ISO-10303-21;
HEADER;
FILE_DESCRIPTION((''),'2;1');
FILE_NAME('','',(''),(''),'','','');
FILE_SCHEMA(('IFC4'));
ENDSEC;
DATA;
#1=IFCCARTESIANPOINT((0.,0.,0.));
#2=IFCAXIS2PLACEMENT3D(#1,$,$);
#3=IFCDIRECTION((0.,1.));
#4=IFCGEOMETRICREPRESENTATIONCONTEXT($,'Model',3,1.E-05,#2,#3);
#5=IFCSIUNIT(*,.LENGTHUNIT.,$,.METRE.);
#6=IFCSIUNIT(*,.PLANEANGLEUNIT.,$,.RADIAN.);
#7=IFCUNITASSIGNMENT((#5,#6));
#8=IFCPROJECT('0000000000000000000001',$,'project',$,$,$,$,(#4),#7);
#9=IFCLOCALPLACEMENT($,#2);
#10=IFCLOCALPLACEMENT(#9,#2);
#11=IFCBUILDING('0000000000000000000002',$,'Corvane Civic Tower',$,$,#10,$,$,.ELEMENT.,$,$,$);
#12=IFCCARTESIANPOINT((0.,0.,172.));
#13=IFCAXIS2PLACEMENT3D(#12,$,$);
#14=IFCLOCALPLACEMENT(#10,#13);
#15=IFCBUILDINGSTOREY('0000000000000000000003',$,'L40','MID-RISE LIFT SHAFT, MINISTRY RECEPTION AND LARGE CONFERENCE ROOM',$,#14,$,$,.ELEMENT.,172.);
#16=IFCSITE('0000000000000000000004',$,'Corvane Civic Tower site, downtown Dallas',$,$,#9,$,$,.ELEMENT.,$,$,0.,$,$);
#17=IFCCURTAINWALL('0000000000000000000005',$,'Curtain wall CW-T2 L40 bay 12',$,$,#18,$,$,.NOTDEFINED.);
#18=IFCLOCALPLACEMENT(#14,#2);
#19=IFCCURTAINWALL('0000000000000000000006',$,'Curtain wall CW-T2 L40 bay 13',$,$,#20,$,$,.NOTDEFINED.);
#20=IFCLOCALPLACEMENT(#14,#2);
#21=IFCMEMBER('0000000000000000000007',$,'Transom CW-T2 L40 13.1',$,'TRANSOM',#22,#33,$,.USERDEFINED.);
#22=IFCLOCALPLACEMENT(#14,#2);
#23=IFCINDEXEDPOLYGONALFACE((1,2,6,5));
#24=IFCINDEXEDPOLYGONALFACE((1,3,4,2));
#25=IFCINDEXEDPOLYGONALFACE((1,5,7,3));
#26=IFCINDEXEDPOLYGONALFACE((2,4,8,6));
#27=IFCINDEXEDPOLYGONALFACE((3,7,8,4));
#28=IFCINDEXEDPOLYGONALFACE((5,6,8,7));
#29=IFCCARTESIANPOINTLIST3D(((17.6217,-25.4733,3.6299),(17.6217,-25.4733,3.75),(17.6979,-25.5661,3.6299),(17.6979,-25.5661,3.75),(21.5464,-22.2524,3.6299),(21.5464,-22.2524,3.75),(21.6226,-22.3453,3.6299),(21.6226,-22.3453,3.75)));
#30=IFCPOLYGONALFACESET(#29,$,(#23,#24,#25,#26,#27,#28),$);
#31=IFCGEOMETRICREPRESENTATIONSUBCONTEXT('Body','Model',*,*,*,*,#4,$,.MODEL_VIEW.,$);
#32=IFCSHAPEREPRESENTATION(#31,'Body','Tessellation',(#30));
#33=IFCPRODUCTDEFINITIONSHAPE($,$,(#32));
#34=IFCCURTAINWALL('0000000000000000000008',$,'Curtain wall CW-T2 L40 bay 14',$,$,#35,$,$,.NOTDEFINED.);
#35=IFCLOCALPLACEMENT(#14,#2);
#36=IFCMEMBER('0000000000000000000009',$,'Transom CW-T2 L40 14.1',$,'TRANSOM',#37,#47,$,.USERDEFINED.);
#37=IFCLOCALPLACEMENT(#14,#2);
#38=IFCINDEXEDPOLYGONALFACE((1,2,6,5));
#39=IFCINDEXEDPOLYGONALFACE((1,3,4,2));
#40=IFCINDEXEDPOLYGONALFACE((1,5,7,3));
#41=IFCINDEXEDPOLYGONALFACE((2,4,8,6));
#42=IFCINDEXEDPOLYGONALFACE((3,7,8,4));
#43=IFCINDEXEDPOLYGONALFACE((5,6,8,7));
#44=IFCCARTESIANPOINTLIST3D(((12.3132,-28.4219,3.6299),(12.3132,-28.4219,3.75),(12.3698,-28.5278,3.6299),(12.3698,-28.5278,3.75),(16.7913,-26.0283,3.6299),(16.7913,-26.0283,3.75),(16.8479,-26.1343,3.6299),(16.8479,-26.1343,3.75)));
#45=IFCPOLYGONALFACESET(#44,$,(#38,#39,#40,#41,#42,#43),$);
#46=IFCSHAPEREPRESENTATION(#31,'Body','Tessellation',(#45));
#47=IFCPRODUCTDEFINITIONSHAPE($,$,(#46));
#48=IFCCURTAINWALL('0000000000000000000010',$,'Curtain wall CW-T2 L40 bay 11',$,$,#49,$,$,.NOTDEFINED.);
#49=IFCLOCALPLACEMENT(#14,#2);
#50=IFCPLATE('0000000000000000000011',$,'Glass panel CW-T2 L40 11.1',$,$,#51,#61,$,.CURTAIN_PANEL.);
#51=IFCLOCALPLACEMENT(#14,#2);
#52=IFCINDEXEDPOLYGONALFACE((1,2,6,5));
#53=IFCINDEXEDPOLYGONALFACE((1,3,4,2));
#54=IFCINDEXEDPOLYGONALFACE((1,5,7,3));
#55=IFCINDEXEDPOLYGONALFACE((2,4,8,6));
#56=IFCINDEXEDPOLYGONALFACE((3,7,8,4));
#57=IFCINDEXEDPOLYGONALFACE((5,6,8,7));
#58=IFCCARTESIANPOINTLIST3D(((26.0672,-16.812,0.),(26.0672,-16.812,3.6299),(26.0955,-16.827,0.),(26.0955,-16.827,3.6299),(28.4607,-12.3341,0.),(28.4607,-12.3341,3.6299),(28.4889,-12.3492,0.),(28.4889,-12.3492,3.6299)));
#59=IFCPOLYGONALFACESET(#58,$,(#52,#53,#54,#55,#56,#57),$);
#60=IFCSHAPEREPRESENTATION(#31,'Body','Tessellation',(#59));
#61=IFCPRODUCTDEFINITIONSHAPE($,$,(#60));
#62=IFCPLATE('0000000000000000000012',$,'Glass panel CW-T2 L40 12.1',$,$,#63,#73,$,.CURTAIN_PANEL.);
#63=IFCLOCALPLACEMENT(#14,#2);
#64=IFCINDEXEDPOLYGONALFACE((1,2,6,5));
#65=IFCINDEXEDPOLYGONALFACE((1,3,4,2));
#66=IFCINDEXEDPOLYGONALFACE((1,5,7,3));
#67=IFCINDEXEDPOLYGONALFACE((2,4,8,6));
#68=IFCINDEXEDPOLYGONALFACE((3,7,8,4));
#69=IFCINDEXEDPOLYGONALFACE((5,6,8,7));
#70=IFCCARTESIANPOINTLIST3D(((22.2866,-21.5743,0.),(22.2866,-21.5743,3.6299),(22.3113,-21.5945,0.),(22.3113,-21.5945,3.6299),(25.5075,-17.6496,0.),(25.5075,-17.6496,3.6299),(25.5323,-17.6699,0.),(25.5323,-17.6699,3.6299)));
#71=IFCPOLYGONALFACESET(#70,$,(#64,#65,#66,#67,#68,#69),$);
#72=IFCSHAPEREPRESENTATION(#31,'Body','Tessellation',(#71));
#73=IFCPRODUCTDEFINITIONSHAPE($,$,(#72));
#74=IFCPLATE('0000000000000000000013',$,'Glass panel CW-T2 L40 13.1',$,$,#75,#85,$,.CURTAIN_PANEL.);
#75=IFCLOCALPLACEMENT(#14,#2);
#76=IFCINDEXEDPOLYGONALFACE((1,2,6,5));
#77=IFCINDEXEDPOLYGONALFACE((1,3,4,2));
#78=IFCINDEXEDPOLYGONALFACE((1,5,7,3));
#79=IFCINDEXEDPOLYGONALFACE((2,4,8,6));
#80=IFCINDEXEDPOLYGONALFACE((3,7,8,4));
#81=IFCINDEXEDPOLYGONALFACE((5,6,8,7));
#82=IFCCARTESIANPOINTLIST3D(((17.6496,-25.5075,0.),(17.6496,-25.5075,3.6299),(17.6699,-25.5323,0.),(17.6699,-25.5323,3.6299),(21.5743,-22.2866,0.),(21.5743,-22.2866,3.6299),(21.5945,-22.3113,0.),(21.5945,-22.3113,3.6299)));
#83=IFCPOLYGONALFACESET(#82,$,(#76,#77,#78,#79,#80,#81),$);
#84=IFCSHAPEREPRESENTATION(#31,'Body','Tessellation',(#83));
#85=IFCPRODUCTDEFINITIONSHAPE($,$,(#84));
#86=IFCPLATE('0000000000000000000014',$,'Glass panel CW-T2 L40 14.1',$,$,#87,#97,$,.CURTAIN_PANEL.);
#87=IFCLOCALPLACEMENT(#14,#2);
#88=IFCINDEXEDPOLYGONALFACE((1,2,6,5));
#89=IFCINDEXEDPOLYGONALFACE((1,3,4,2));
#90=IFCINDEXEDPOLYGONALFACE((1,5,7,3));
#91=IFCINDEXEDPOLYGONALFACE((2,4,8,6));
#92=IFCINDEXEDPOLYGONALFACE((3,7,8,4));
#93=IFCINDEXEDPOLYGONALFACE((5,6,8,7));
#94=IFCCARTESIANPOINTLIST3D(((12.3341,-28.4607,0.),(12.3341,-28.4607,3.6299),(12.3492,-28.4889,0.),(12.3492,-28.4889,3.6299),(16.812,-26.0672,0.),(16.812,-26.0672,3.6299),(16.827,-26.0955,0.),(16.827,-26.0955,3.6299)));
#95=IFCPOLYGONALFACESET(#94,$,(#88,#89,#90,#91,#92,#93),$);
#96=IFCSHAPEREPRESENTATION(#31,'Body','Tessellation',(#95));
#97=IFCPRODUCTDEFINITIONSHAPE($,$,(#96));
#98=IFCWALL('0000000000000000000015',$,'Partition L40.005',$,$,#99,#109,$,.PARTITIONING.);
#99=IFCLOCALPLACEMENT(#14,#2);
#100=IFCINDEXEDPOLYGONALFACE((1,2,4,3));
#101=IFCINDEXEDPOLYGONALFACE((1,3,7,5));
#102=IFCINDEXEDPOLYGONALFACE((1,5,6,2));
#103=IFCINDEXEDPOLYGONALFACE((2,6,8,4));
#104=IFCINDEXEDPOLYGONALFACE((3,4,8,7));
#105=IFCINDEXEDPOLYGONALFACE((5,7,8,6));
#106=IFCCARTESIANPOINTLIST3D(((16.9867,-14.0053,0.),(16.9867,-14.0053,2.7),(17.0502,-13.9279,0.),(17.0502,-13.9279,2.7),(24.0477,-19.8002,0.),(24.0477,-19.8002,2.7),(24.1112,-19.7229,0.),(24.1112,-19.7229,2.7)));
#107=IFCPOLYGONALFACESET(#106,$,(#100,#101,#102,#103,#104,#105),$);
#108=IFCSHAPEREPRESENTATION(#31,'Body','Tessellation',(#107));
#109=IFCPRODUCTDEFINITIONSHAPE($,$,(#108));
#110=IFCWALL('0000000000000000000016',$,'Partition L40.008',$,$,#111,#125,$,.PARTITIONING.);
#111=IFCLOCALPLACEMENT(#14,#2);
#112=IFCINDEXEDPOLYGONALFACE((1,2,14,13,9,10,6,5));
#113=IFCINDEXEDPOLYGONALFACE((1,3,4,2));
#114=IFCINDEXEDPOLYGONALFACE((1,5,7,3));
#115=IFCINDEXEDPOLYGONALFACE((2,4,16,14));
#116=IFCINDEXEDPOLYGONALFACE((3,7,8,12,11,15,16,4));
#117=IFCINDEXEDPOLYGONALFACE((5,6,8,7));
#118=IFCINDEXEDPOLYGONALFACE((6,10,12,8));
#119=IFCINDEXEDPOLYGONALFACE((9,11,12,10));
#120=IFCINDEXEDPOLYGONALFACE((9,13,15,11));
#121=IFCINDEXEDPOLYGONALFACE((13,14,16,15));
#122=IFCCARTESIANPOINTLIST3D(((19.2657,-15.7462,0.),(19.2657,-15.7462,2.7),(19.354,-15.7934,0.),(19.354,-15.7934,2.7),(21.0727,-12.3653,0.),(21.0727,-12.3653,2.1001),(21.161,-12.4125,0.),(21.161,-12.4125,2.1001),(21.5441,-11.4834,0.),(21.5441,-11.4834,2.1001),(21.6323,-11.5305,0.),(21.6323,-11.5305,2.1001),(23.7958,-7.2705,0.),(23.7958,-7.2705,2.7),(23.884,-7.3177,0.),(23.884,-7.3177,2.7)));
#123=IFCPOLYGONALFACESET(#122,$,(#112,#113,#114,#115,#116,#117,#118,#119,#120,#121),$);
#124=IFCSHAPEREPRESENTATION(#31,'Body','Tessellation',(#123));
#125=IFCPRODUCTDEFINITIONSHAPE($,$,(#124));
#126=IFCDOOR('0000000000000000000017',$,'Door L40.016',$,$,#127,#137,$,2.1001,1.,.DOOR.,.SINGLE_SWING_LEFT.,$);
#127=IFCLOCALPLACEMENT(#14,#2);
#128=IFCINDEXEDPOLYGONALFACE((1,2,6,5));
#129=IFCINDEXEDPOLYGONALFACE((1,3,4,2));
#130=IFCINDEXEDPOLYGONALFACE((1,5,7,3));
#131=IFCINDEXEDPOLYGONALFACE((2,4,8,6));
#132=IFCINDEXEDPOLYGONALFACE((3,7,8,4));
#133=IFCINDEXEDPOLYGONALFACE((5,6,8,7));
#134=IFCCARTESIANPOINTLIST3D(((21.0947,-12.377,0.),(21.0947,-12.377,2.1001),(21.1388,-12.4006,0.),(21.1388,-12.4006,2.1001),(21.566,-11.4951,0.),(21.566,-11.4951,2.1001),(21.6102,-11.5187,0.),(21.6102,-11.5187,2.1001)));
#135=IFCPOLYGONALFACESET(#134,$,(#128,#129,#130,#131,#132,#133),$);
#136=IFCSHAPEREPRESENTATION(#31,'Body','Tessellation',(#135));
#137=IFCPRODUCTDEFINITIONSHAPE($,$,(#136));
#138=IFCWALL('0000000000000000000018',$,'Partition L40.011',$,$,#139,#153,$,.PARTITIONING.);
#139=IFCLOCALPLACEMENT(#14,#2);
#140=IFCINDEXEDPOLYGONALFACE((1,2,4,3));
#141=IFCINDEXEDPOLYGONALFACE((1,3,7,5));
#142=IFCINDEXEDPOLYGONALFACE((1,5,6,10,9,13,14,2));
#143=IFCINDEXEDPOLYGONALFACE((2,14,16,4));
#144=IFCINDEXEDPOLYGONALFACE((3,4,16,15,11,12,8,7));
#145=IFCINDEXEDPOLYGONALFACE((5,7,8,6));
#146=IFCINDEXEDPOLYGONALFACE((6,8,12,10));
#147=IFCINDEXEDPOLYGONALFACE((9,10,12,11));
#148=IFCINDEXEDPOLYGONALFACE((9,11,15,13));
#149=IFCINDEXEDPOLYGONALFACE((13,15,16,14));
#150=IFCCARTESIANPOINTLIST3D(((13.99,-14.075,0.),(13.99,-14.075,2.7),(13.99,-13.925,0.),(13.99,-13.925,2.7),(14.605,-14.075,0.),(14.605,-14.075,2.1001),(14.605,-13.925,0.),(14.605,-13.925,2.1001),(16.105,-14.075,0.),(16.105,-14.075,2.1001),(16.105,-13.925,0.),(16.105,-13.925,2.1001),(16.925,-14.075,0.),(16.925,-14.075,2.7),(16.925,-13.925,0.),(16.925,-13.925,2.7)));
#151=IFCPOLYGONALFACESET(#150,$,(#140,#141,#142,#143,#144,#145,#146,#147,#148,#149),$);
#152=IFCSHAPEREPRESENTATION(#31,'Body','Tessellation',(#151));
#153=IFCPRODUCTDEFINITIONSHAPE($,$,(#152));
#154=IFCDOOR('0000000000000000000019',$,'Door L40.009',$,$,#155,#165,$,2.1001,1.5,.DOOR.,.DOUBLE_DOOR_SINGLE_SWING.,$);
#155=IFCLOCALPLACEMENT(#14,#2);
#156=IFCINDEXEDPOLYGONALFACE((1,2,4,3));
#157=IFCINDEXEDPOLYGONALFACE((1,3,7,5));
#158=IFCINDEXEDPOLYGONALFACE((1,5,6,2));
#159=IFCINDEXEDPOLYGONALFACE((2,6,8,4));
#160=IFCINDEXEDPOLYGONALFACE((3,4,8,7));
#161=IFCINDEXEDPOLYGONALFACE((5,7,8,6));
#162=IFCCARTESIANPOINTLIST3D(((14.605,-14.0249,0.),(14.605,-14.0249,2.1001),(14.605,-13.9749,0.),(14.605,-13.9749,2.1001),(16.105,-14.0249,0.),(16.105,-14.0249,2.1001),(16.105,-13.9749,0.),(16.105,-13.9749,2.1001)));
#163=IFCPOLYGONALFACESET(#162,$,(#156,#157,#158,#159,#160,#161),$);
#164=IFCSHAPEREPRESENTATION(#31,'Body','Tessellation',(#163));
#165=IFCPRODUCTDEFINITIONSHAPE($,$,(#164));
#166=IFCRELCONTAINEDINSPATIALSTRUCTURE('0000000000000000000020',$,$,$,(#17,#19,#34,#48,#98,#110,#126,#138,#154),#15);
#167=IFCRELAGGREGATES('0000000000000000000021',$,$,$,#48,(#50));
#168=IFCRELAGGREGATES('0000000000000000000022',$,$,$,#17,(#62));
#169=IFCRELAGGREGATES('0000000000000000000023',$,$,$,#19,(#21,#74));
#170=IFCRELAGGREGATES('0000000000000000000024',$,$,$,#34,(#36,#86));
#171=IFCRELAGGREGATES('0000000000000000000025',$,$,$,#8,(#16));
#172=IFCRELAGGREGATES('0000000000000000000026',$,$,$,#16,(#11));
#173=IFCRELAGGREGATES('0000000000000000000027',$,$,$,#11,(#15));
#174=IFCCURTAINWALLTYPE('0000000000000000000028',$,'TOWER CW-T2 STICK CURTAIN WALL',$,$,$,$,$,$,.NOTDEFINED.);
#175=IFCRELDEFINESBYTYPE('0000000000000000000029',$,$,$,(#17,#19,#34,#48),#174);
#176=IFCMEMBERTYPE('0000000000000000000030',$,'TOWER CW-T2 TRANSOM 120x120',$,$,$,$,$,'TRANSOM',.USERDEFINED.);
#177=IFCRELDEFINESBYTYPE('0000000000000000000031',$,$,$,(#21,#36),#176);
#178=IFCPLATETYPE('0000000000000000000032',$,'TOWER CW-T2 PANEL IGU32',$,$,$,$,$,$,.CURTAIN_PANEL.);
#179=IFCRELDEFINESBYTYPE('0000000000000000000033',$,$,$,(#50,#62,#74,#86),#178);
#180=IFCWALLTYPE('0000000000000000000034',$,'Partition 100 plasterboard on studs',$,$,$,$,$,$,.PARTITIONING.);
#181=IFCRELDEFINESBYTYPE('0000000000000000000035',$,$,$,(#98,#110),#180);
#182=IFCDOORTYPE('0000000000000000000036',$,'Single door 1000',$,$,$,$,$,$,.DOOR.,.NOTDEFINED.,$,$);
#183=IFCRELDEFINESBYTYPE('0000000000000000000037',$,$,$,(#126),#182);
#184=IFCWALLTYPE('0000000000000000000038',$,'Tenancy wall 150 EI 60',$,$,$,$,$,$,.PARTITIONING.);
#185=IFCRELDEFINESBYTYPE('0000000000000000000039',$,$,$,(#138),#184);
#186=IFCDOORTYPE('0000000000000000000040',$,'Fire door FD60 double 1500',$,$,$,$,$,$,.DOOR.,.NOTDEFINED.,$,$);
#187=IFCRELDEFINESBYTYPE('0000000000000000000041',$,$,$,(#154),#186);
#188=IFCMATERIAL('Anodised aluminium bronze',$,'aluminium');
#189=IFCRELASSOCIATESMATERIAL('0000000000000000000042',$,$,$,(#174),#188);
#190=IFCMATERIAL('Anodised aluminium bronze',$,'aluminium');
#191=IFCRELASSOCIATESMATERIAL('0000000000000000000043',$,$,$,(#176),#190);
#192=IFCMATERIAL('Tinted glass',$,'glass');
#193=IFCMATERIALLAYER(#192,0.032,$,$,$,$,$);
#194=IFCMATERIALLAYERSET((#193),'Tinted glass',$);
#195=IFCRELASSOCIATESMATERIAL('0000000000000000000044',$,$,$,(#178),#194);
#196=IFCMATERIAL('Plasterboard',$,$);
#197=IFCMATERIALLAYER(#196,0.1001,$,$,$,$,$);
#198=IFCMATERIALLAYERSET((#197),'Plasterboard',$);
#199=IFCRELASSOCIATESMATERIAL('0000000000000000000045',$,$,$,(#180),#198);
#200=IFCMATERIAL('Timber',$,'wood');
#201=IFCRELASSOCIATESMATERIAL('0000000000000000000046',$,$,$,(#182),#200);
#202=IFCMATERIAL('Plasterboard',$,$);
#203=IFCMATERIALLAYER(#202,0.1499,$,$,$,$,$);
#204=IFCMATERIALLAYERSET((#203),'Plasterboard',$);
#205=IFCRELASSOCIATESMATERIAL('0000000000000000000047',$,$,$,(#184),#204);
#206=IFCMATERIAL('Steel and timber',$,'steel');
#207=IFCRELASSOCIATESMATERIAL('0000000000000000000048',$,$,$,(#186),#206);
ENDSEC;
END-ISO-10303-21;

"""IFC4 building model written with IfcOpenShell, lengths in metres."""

from ifc_helpers import new_model, si_unit, direction, frame, frame_2d, origin, origin_2d, place, context, subcontext, project, spatial, rectangle, extrude, material, layer, layer_set, material_profile, profile_set, type_object, element, fill, aggregate, save


model = new_model("IFC4")

# Units and contexts
model_context = context("Model", 3, precision=1e-05, world=origin(), true_north=direction((0.0, 1.0)))
body_context = subcontext(model_context, "Body", "Model", "MODEL_VIEW")
ifc_project = project(units=[si_unit("LENGTHUNIT", "METRE"), si_unit("PLANEANGLEUNIT", "RADIAN")], contexts=[model_context])

# Site, building, storey
site_placement = place(None, origin())
site = spatial("IfcSite", under=ifc_project, at=site_placement, Name="Corvane Civic Tower site, downtown Dallas", CompositionType="ELEMENT", RefElevation=0.0)
building_placement = place(site_placement, origin())
building = spatial("IfcBuilding", under=site, at=building_placement, Name="Corvane Civic Tower", CompositionType="ELEMENT")
storey_placement = place(building_placement, frame((0.0, 0.0, 172.0)))
storey = spatial("IfcBuildingStorey", under=building, at=storey_placement, Name="L40", Description="MID-RISE LIFT SHAFT, MINISTRY RECEPTION AND LARGE CONFERENCE ROOM", CompositionType="ELEMENT", Elevation=172.0)

# Curtain walls, members
ifc_material_1 = material(Name="Anodised aluminium bronze", Category="aluminium")
curtain_wall_type = type_object("IfcCurtainWallType", Name="TOWER CW-T2 STICK CURTAIN WALL", PredefinedType="NOTDEFINED", material=ifc_material_1)
curtain_wall_1_placement = place(storey_placement, origin())
curtain_wall_1 = element("IfcCurtainWall", 1, at=curtain_wall_1_placement, inside=storey, type_object=curtain_wall_type, Name="Curtain wall CW-T2 L40 bay 12", PredefinedType="NOTDEFINED")
ifc_material_2 = material(Name="Anodised aluminium bronze", Category="aluminium")
ifc_material_profile_1 = material_profile(ifc_material_2, rectangle(XDim=0.1201, YDim=0.1201, at=origin_2d()), Name="TOWER CW-T2 TRANSOM 120x120")
ifc_profile_set_1 = profile_set([ifc_material_profile_1], Name="Anodised aluminium bronze")
member_type = type_object("IfcMemberType", Name="TOWER CW-T2 TRANSOM 120x120", ElementType="TRANSOM", PredefinedType="USERDEFINED", material=ifc_profile_set_1)
curtain_wall_2_placement = place(storey_placement, origin())
curtain_wall_2 = element("IfcCurtainWall", 2, at=curtain_wall_2_placement, inside=storey, type_object=curtain_wall_type, Name="Curtain wall CW-T2 L40 bay 13", PredefinedType="NOTDEFINED")
member_1_placement = place(storey_placement, frame((21.5845, -22.2988, 3.6899), z_axis=(-0.773016, -0.634387, 0.0), x_axis=(0.634387, -0.773016, 0.0)))
member_1 = element("IfcMember", 3, at=member_1_placement, type_object=member_type, Name="Transom CW-T2 L40 13.1", ObjectType="TRANSOM", PredefinedType="USERDEFINED", context=body_context, shape_type="SweptSolid", body=[
    extrude(rectangle(XDim=0.1201, YDim=0.1201, at=origin_2d()), origin(), (0.0, 0.0, 1.0), 5.0771),
])
curtain_wall_3_placement = place(storey_placement, origin())
curtain_wall_3 = element("IfcCurtainWall", 4, at=curtain_wall_3_placement, inside=storey, type_object=curtain_wall_type, Name="Curtain wall CW-T2 L40 bay 14", PredefinedType="NOTDEFINED")
member_2_placement = place(storey_placement, frame((16.8196, -26.0813, 3.6899), z_axis=(-0.881921, -0.471397, 0.0), x_axis=(0.471397, -0.881921, 0.0)))
member_2 = element("IfcMember", 5, at=member_2_placement, type_object=member_type, Name="Transom CW-T2 L40 14.1", ObjectType="TRANSOM", PredefinedType="USERDEFINED", context=body_context, shape_type="SweptSolid", body=[
    extrude(rectangle(XDim=0.1201, YDim=0.1201, at=origin_2d()), origin(), (0.0, 0.0, 1.0), 5.0776),
])

# Curtain wall, plate
curtain_wall_4_placement = place(storey_placement, origin())
curtain_wall_4 = element("IfcCurtainWall", 6, at=curtain_wall_4_placement, inside=storey, type_object=curtain_wall_type, Name="Curtain wall CW-T2 L40 bay 11", PredefinedType="NOTDEFINED")
ifc_material_3 = material(Name="Tinted glass", Category="glass")
ifc_layer_1 = layer(ifc_material_3, 0.032)
ifc_layer_set_1 = layer_set([ifc_layer_1], Name="Tinted glass")
plate_type = type_object("IfcPlateType", Name="TOWER CW-T2 PANEL IGU32", PredefinedType="CURTAIN_PANEL", material=ifc_layer_set_1)
plate_1_placement = place(storey_placement, frame((27.2781, -14.5806, 0.0), z_axis=(0.0, 0.0, 1.0), x_axis=(-0.471395, -0.881922, 0.0)))
plate_1 = element("IfcPlate", 7, at=plate_1_placement, type_object=plate_type, Name="Glass panel CW-T2 L40 11.1", PredefinedType="CURTAIN_PANEL", context=body_context, shape_type="SweptSolid", body=[
    extrude(rectangle(XDim=5.0774, YDim=0.032, at=origin_2d()), origin(), (0.0, 0.0, 1.0), 3.6299),
])
aggregate(curtain_wall_4, [plate_1])

# Plates
plate_2_placement = place(storey_placement, frame((23.9094, -19.6221, 0.0), z_axis=(0.0, 0.0, 1.0), x_axis=(-0.6344, -0.773005, 0.0)))
plate_2 = element("IfcPlate", 8, at=plate_2_placement, type_object=plate_type, Name="Glass panel CW-T2 L40 12.1", PredefinedType="CURTAIN_PANEL", context=body_context, shape_type="SweptSolid", body=[
    extrude(rectangle(XDim=5.0771, YDim=0.032, at=origin_2d()), origin(), (0.0, 0.0, 1.0), 3.6299),
])
aggregate(curtain_wall_1, [plate_2])
plate_3_placement = place(storey_placement, frame((19.6221, -23.9094, 0.0), z_axis=(0.0, 0.0, 1.0), x_axis=(-0.773005, -0.6344, 0.0)))
plate_3 = element("IfcPlate", 9, at=plate_3_placement, type_object=plate_type, Name="Glass panel CW-T2 L40 13.1", PredefinedType="CURTAIN_PANEL", context=body_context, shape_type="SweptSolid", body=[
    extrude(rectangle(XDim=5.0771, YDim=0.032, at=origin_2d()), origin(), (0.0, 0.0, 1.0), 3.6299),
])
aggregate(curtain_wall_2, [member_1, plate_3])
plate_4_placement = place(storey_placement, frame((14.5806, -27.2781, 0.0), z_axis=(0.0, 0.0, 1.0), x_axis=(-0.881922, -0.471395, 0.0)))
plate_4 = element("IfcPlate", 10, at=plate_4_placement, type_object=plate_type, Name="Glass panel CW-T2 L40 14.1", PredefinedType="CURTAIN_PANEL", context=body_context, shape_type="SweptSolid", body=[
    extrude(rectangle(XDim=5.0774, YDim=0.032, at=origin_2d()), origin(), (0.0, 0.0, 1.0), 3.6299),
])
aggregate(curtain_wall_3, [member_2, plate_4])

# Wall
ifc_material_4 = material(Name="Plasterboard")
ifc_layer_2 = layer(ifc_material_4, 0.1001)
ifc_layer_set_2 = layer_set([ifc_layer_2], Name="Plasterboard")
wall_type_1 = type_object("IfcWallType", Name="Partition 100 plasterboard on studs", PredefinedType="PARTITIONING", material=ifc_layer_set_2)
wall_1_placement = place(storey_placement, frame((17.0183, -13.9666, 0.0), z_axis=(0.0, 0.0, 1.0), x_axis=(0.773006, -0.634399, 0.0)))
element("IfcWall", 11, at=wall_1_placement, inside=storey, type_object=wall_type_1, Name="Partition L40.005", PredefinedType="PARTITIONING", context=body_context, shape_type="SweptSolid", body=[
    extrude(rectangle(XDim=9.1345, YDim=0.1001, at=frame_2d((4.5674, 0.0))), origin(), (0.0, 0.0, 1.0), 2.7),
])

# Walls, openings, doors
wall_2_placement = place(storey_placement, frame((19.3098, -15.7698, 0.0), z_axis=(0.0, 0.0, 1.0), x_axis=(0.471375, 0.881933, 0.0)))
wall_2 = element("IfcWall", 12, at=wall_2_placement, inside=storey, type_object=wall_type_1, Name="Partition L40.008", PredefinedType="PARTITIONING", context=body_context, shape_type="SweptSolid", body=[
    extrude(rectangle(XDim=9.6104, YDim=0.1001, at=frame_2d((4.8052, 0.0))), origin(), (0.0, 0.0, 1.0), 2.7),
])
opening_1_placement = place(wall_2_placement, frame((3.8335, 0.0, 0.0)))
opening_1 = element("IfcOpeningElement", 13, at=opening_1_placement, cuts=wall_2, PredefinedType="OPENING", context=body_context, shape_type="SweptSolid", body=[
    extrude(rectangle(XDim=1.0, YDim=2.1001, at=frame_2d((0.5, 1.05))), frame((0.0, 0.0601, 0.0), z_axis=(0.0, -1.0, 0.0), x_axis=(1.0, 0.0, 0.0)), (0.0, 0.0, 1.0), 0.1201),
])
ifc_material_5 = material(Name="Timber", Category="wood")
door_type_1 = type_object("IfcDoorType", Name="Single door 1000", OperationType="NOTDEFINED", PredefinedType="DOOR", material=ifc_material_5)
door_1_placement = place(opening_1_placement, frame((1.0, 0.0, 0.0), z_axis=(0.0, 0.0, 1.0), x_axis=(-1.0, 0.0, 0.0)))
door_1 = element("IfcDoor", 14, at=door_1_placement, inside=storey, type_object=door_type_1, Name="Door L40.016", OperationType="SINGLE_SWING_LEFT", OverallHeight=2.1001, OverallWidth=1.0, PredefinedType="DOOR", context=body_context, shape_type="SweptSolid", body=[
    extrude(rectangle(XDim=1.0, YDim=2.1001, at=frame_2d((0.5, 1.05))), frame((0.0, 0.0249, 0.0), z_axis=(0.0, -1.0, 0.0), x_axis=(1.0, 0.0, 0.0)), (0.0, 0.0, 1.0), 0.05),
])
fill(opening_1, door_1)
ifc_material_6 = material(Name="Plasterboard")
ifc_layer_3 = layer(ifc_material_6, 0.1499)
ifc_layer_set_3 = layer_set([ifc_layer_3], Name="Plasterboard")
wall_type_2 = type_object("IfcWallType", Name="Tenancy wall 150 EI 60", PredefinedType="PARTITIONING", material=ifc_layer_set_3)
wall_3_placement = place(storey_placement, frame((13.99, -14.0, 0.0), z_axis=(0.0, 0.0, 1.0), x_axis=(1.0, 0.0, 0.0)))
wall_3 = element("IfcWall", 15, at=wall_3_placement, inside=storey, type_object=wall_type_2, Name="Partition L40.011", PredefinedType="PARTITIONING", context=body_context, shape_type="SweptSolid", body=[
    extrude(rectangle(XDim=2.9351, YDim=0.1499, at=frame_2d((1.4675, 0.0))), origin(), (0.0, 0.0, 1.0), 2.7),
])
opening_2_placement = place(wall_3_placement, frame((0.615, 0.0, 0.0)))
opening_2 = element("IfcOpeningElement", 16, at=opening_2_placement, cuts=wall_3, PredefinedType="OPENING", context=body_context, shape_type="SweptSolid", body=[
    extrude(rectangle(XDim=1.5, YDim=2.1001, at=frame_2d((0.75, 1.05))), frame((0.0, 0.085, 0.0), z_axis=(0.0, -1.0, 0.0), x_axis=(1.0, 0.0, 0.0)), (0.0, 0.0, 1.0), 0.1699),
])
ifc_material_7 = material(Name="Steel and timber", Category="steel")
door_type_2 = type_object("IfcDoorType", Name="Fire door FD60 double 1500", OperationType="NOTDEFINED", PredefinedType="DOOR", material=ifc_material_7)
door_2_placement = place(opening_2_placement, frame((1.5, 0.0, 0.0), z_axis=(0.0, 0.0, 1.0), x_axis=(-1.0, 0.0, 0.0)))
door_2 = element("IfcDoor", 17, at=door_2_placement, inside=storey, type_object=door_type_2, Name="Door L40.009", OperationType="DOUBLE_DOOR_SINGLE_SWING", OverallHeight=2.1001, OverallWidth=1.5, PredefinedType="DOOR", context=body_context, shape_type="SweptSolid", body=[
    extrude(rectangle(XDim=1.5, YDim=2.1001, at=frame_2d((0.75, 1.05))), frame((0.0, 0.0249, 0.0), z_axis=(0.0, -1.0, 0.0), x_axis=(1.0, 0.0, 0.0)), (0.0, 0.0, 1.0), 0.05),
])
fill(opening_2, door_2)

save(model, "model.ifc")
